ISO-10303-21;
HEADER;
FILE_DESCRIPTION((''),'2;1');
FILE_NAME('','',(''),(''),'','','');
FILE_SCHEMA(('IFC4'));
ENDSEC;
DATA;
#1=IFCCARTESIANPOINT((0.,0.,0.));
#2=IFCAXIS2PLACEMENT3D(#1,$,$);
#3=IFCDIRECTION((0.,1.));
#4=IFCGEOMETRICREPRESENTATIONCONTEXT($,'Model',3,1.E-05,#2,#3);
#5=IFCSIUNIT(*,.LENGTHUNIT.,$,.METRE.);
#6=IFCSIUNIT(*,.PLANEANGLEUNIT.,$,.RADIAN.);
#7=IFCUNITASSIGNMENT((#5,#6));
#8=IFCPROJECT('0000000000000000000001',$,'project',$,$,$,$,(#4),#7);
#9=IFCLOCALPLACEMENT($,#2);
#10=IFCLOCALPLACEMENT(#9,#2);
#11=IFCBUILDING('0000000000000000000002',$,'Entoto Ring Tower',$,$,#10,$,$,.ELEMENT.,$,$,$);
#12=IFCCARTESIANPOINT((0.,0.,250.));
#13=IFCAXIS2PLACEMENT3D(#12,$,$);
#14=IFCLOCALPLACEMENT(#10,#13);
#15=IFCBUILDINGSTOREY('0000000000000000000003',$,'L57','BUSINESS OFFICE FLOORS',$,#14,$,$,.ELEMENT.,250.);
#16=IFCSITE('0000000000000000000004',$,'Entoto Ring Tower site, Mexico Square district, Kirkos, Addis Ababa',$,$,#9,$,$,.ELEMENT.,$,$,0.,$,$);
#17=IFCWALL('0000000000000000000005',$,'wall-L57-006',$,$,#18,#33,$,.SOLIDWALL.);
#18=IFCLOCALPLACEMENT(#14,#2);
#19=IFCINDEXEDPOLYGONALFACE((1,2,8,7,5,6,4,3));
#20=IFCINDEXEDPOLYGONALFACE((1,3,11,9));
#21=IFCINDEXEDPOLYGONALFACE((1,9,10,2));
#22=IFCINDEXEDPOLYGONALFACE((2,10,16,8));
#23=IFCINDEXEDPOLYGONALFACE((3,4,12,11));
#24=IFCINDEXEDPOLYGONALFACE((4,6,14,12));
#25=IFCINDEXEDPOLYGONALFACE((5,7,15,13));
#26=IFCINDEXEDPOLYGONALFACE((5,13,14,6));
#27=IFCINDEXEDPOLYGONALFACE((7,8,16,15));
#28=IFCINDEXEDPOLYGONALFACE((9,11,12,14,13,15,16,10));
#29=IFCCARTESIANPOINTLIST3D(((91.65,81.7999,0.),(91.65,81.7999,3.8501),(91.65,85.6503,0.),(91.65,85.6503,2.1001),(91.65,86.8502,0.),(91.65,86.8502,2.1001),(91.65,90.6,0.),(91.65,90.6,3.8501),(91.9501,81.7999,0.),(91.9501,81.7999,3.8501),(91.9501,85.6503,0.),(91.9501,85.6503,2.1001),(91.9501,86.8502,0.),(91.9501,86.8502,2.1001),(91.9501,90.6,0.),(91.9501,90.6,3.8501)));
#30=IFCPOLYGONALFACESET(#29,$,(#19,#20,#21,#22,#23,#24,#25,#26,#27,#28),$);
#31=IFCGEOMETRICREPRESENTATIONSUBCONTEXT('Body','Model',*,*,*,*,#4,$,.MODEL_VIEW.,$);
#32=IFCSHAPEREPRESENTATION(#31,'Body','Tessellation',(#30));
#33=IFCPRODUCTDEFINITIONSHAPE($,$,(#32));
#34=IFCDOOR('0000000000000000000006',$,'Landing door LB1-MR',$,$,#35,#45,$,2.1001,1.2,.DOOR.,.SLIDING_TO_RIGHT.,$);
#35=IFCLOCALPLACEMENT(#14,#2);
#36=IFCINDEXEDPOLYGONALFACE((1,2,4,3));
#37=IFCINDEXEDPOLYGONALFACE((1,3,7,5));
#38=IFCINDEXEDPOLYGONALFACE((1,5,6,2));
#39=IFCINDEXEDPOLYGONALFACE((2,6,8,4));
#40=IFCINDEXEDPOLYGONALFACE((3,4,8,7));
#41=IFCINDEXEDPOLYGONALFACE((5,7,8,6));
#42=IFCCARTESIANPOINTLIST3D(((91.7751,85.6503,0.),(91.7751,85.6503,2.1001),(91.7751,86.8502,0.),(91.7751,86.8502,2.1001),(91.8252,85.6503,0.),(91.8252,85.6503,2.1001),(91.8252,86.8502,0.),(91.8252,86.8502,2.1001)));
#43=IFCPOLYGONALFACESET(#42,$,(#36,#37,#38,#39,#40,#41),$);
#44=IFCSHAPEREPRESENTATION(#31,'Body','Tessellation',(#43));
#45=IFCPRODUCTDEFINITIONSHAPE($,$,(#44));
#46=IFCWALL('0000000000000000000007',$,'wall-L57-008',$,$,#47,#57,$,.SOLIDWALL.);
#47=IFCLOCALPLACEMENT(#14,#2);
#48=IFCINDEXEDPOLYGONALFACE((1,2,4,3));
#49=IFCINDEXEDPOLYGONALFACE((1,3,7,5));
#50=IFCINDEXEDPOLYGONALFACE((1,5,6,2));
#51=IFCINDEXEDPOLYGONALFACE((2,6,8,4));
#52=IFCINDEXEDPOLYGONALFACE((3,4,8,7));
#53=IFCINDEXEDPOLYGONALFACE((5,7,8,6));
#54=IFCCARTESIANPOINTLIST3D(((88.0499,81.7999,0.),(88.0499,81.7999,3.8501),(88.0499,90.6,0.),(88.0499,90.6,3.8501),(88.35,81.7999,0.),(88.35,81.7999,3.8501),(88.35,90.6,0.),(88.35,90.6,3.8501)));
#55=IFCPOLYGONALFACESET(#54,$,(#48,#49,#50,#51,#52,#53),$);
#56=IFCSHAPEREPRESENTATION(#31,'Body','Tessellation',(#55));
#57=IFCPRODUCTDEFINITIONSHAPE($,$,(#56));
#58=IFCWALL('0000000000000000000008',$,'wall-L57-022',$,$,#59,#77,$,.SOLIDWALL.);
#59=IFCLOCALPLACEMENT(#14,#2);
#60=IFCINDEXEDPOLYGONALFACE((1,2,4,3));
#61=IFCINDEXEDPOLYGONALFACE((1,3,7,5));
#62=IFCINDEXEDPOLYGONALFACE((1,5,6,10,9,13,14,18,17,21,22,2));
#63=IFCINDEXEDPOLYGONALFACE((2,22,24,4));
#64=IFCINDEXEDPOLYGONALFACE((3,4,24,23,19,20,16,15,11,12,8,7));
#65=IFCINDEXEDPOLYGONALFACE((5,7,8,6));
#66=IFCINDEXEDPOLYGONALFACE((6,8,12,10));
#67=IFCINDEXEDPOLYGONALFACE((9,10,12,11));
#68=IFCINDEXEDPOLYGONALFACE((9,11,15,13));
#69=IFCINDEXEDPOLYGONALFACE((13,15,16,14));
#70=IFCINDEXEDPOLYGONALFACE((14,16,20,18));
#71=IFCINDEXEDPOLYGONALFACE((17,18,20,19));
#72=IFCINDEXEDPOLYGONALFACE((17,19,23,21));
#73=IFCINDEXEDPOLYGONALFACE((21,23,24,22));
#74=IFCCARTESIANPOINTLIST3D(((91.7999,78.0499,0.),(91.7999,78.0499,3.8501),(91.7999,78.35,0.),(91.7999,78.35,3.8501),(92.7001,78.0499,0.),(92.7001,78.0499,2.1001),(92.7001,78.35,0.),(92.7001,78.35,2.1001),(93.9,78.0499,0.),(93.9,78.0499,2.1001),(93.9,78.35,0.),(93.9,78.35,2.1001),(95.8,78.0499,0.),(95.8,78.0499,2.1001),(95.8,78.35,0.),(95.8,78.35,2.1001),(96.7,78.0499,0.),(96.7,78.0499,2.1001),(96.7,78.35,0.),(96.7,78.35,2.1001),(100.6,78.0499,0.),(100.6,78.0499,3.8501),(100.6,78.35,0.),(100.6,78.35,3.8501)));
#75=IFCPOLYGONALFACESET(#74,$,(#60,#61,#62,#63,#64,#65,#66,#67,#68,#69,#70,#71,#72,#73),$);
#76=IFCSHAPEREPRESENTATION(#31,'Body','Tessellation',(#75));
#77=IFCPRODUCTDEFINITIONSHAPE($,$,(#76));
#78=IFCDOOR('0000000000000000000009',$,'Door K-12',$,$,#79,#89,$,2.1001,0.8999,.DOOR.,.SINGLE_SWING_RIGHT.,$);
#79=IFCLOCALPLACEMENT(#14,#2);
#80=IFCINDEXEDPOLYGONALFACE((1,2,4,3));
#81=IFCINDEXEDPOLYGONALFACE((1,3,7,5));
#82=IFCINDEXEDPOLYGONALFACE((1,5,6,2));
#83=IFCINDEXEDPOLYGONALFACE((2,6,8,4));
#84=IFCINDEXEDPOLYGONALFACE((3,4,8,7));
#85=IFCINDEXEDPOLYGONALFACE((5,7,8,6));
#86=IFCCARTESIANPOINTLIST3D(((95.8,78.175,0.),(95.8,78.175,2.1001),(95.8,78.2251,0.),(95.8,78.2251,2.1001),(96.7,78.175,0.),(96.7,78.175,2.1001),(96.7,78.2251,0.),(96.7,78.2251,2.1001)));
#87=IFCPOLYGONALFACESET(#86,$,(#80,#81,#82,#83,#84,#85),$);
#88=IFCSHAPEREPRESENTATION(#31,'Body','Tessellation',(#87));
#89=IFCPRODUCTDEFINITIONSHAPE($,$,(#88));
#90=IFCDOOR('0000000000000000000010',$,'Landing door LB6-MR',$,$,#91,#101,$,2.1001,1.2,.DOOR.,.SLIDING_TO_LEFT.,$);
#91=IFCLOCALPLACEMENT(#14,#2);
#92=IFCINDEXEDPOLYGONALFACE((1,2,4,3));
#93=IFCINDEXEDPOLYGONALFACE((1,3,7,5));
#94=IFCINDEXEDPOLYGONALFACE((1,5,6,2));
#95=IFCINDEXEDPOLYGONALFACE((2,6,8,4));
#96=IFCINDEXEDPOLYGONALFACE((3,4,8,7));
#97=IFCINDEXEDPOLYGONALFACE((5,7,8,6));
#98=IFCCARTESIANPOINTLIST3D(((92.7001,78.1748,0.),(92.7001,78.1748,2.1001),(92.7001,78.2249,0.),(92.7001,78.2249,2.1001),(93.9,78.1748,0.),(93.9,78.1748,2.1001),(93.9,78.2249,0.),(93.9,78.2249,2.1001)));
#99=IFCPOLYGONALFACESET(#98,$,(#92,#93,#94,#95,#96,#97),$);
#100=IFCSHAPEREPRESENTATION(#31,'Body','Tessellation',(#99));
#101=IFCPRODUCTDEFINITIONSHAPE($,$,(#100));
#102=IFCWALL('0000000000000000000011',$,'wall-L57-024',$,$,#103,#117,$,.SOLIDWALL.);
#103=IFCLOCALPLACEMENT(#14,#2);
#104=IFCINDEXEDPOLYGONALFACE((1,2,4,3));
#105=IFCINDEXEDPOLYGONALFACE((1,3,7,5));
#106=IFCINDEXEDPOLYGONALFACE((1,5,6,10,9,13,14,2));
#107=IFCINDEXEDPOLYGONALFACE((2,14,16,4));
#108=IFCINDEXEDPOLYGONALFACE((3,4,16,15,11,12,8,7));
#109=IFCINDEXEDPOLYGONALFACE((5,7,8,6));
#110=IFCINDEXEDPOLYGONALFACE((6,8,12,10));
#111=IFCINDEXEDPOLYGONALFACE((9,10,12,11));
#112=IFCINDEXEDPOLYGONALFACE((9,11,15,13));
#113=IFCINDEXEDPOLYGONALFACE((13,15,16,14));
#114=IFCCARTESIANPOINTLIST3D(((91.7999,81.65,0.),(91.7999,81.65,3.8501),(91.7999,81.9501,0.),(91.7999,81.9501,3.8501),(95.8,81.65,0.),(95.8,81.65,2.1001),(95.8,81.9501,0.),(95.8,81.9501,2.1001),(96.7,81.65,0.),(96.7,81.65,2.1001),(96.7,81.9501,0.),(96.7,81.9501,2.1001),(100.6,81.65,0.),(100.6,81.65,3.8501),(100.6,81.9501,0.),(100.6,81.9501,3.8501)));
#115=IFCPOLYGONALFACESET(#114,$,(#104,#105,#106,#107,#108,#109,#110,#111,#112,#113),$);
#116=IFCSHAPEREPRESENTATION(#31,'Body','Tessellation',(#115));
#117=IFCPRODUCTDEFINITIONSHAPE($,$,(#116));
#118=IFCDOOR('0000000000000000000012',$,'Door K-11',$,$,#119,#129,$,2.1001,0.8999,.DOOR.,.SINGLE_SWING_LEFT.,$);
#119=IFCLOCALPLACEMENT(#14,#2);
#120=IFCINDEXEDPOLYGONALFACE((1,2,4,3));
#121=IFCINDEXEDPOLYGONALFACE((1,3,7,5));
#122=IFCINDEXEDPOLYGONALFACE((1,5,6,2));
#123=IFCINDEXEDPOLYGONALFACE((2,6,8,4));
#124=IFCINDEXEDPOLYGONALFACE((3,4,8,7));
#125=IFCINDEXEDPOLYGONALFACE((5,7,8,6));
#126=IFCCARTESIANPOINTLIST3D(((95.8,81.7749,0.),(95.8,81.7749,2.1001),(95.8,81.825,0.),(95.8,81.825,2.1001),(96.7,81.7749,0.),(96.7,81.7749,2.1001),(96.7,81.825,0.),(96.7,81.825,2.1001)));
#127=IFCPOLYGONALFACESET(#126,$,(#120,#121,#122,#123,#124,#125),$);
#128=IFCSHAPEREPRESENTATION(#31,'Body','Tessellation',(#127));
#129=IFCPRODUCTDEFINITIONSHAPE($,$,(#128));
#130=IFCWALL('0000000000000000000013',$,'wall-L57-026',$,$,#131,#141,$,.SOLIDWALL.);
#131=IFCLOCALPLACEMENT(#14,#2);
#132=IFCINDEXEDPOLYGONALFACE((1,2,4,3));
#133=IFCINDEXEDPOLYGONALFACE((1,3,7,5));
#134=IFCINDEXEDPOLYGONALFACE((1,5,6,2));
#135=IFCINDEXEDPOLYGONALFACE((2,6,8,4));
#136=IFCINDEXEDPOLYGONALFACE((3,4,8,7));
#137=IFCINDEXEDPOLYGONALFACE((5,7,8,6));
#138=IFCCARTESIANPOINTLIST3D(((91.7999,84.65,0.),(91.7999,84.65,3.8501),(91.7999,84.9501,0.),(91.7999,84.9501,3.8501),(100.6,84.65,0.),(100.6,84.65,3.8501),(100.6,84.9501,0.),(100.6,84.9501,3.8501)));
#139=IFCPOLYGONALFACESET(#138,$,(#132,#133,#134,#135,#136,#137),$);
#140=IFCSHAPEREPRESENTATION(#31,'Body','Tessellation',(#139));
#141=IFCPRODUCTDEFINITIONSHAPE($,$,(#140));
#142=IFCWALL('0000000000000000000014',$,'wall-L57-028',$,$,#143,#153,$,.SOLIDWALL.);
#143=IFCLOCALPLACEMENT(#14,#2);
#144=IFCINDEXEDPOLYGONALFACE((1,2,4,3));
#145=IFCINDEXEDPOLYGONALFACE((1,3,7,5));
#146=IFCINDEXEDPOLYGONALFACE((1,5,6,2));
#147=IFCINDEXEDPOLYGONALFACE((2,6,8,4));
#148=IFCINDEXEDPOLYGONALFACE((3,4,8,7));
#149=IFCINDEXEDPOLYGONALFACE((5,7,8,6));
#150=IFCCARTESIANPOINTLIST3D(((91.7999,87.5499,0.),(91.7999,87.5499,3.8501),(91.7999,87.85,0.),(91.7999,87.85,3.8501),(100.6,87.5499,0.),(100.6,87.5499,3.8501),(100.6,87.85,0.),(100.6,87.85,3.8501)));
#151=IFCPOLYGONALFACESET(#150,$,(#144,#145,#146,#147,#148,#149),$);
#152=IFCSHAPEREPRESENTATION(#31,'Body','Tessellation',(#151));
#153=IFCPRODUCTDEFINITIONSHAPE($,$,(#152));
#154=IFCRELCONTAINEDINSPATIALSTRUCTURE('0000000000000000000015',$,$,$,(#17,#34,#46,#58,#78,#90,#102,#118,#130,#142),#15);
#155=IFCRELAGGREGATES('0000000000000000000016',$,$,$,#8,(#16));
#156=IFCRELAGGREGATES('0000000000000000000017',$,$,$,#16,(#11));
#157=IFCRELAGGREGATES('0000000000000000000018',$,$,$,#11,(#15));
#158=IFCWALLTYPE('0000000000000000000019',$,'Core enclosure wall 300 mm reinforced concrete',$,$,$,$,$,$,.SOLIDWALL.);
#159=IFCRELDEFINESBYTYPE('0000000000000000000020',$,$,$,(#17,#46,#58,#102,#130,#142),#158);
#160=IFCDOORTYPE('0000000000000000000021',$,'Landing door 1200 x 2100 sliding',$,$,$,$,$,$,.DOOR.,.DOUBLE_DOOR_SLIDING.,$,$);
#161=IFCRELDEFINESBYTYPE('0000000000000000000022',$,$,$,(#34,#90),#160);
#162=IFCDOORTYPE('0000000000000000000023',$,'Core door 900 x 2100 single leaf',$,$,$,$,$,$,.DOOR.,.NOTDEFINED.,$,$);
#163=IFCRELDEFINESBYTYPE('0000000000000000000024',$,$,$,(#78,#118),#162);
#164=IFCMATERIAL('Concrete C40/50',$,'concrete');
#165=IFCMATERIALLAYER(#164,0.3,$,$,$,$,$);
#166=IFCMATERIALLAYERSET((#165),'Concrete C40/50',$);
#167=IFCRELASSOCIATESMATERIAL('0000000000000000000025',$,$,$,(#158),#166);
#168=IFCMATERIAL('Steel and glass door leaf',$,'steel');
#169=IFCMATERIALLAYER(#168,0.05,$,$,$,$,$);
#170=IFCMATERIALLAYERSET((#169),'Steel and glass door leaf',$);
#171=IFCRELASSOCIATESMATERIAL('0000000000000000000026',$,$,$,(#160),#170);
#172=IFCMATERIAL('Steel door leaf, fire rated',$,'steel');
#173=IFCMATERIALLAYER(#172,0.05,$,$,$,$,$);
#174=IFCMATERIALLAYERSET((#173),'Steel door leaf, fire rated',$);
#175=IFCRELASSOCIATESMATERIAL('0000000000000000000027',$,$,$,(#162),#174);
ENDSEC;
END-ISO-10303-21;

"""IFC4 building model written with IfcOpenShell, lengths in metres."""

from ifc_helpers import new_model, si_unit, direction, frame, frame_2d, origin, place, context, subcontext, project, spatial, rectangle, extrude, material, layer, layer_set, type_object, element, fill, save


model = new_model("IFC4")

# Units and contexts
model_context = context("Model", 3, precision=1e-05, world=origin(), true_north=direction((0.0, 1.0)))
body_context = subcontext(model_context, "Body", "Model", "MODEL_VIEW")
ifc_project = project(units=[si_unit("LENGTHUNIT", "METRE"), si_unit("PLANEANGLEUNIT", "RADIAN")], contexts=[model_context])

# Site, building, storey
site_placement = place(None, origin())
site = spatial("IfcSite", under=ifc_project, at=site_placement, Name="Entoto Ring Tower site, Mexico Square district, Kirkos, Addis Ababa", CompositionType="ELEMENT", RefElevation=0.0)
building_placement = place(site_placement, origin())
building = spatial("IfcBuilding", under=site, at=building_placement, Name="Entoto Ring Tower", CompositionType="ELEMENT")
storey_placement = place(building_placement, frame((0.0, 0.0, 250.0)))
storey = spatial("IfcBuildingStorey", under=building, at=storey_placement, Name="L57", Description="BUSINESS OFFICE FLOORS", CompositionType="ELEMENT", Elevation=250.0)

# Shared definitions
ifc_material_1 = material(Name="Concrete C40/50", Category="concrete")
ifc_layer_1 = layer(ifc_material_1, 0.3)
ifc_layer_set_1 = layer_set([ifc_layer_1], Name="Concrete C40/50")
wall_type = type_object("IfcWallType", Name="Core enclosure wall 300 mm reinforced concrete", PredefinedType="SOLIDWALL", material=ifc_layer_set_1)

# Wall, opening, door
wall_1_placement = place(storey_placement, frame((91.8, 81.8, 0.0), z_axis=(0.0, 0.0, 1.0), x_axis=(0.0, 1.0, 0.0)))
wall_1 = element("IfcWall", 1, at=wall_1_placement, inside=storey, type_object=wall_type, Name="wall-L57-006", PredefinedType="SOLIDWALL", context=body_context, shape_type="SweptSolid", body=[
    extrude(rectangle(XDim=8.8, YDim=0.3, at=frame_2d((4.3999, 0.0))), origin(), (0.0, 0.0, 1.0), 3.8501),
])
opening_1_placement = place(wall_1_placement, frame((3.8501, 0.0, 0.0)))
opening_1 = element("IfcOpeningElement", 2, at=opening_1_placement, cuts=wall_1, PredefinedType="OPENING", context=body_context, shape_type="SweptSolid", body=[
    extrude(rectangle(XDim=1.2, YDim=2.1001, at=frame_2d((0.6001, 1.05))), frame((0.0, 0.1602, 0.0), z_axis=(0.0, -1.0, 0.0), x_axis=(1.0, 0.0, 0.0)), (0.0, 0.0, 1.0), 0.3201),
])
ifc_material_2 = material(Name="Steel and glass door leaf", Category="steel")
ifc_layer_2 = layer(ifc_material_2, 0.05)
ifc_layer_set_2 = layer_set([ifc_layer_2], Name="Steel and glass door leaf")
door_type_1 = type_object("IfcDoorType", Name="Landing door 1200 x 2100 sliding", OperationType="DOUBLE_DOOR_SLIDING", PredefinedType="DOOR", material=ifc_layer_set_2)
door_1_placement = place(opening_1_placement, origin())
door_1 = element("IfcDoor", 3, at=door_1_placement, inside=storey, type_object=door_type_1, Name="Landing door LB1-MR", OperationType="SLIDING_TO_RIGHT", OverallHeight=2.1001, OverallWidth=1.2, PredefinedType="DOOR", context=body_context, shape_type="SweptSolid", body=[
    extrude(rectangle(XDim=1.2, YDim=2.1001, at=frame_2d((0.6001, 1.05))), frame((0.0, 0.0249, 0.0), z_axis=(0.0, -1.0, 0.0), x_axis=(1.0, 0.0, 0.0)), (0.0, 0.0, 1.0), 0.05),
])
fill(opening_1, door_1)

# Wall
wall_2_placement = place(storey_placement, frame((88.2, 81.8, 0.0), z_axis=(0.0, 0.0, 1.0), x_axis=(0.0, 1.0, 0.0)))
element("IfcWall", 4, at=wall_2_placement, inside=storey, type_object=wall_type, Name="wall-L57-008", PredefinedType="SOLIDWALL", context=body_context, shape_type="SweptSolid", body=[
    extrude(rectangle(XDim=8.8, YDim=0.3, at=frame_2d((4.3999, 0.0))), origin(), (0.0, 0.0, 1.0), 3.8501),
])

# Wall, openings, doors
wall_3_placement = place(storey_placement, frame((91.8, 78.2, 0.0), z_axis=(0.0, 0.0, 1.0), x_axis=(1.0, 0.0, 0.0)))
wall_3 = element("IfcWall", 5, at=wall_3_placement, inside=storey, type_object=wall_type, Name="wall-L57-022", PredefinedType="SOLIDWALL", context=body_context, shape_type="SweptSolid", body=[
    extrude(rectangle(XDim=8.8, YDim=0.3, at=frame_2d((4.3999, 0.0))), origin(), (0.0, 0.0, 1.0), 3.8501),
])
opening_2_placement = place(wall_3_placement, frame((0.8999, 0.0, 0.0)))
opening_2 = element("IfcOpeningElement", 6, at=opening_2_placement, cuts=wall_3, PredefinedType="OPENING", context=body_context, shape_type="SweptSolid", body=[
    extrude(rectangle(XDim=1.2, YDim=2.1001, at=frame_2d((0.6001, 1.05))), frame((0.0, 0.1602, 0.0), z_axis=(0.0, -1.0, 0.0), x_axis=(1.0, 0.0, 0.0)), (0.0, 0.0, 1.0), 0.3201),
])
opening_3_placement = place(wall_3_placement, frame((4.0, 0.0, 0.0)))
opening_3 = element("IfcOpeningElement", 7, at=opening_3_placement, cuts=wall_3, PredefinedType="OPENING", context=body_context, shape_type="SweptSolid", body=[
    extrude(rectangle(XDim=0.8999, YDim=2.1001, at=frame_2d((0.45, 1.05))), frame((0.0, 0.1602, 0.0), z_axis=(0.0, -1.0, 0.0), x_axis=(1.0, 0.0, 0.0)), (0.0, 0.0, 1.0), 0.3201),
])
ifc_material_3 = material(Name="Steel door leaf, fire rated", Category="steel")
ifc_layer_3 = layer(ifc_material_3, 0.05)
ifc_layer_set_3 = layer_set([ifc_layer_3], Name="Steel door leaf, fire rated")
door_type_2 = type_object("IfcDoorType", Name="Core door 900 x 2100 single leaf", OperationType="NOTDEFINED", PredefinedType="DOOR", material=ifc_layer_set_3)
door_2_placement = place(opening_3_placement, frame((0.8999, 0.0, 0.0), z_axis=(0.0, 0.0, 1.0), x_axis=(-1.0, 0.0, 0.0)))
door_2 = element("IfcDoor", 8, at=door_2_placement, inside=storey, type_object=door_type_2, Name="Door K-12", OperationType="SINGLE_SWING_RIGHT", OverallHeight=2.1001, OverallWidth=0.8999, PredefinedType="DOOR", context=body_context, shape_type="SweptSolid", body=[
    extrude(rectangle(XDim=0.8999, YDim=2.1001, at=frame_2d((0.45, 1.05))), frame((0.0, 0.0249, 0.0), z_axis=(0.0, -1.0, 0.0), x_axis=(1.0, 0.0, 0.0)), (0.0, 0.0, 1.0), 0.05),
])
fill(opening_3, door_2)
door_3_placement = place(opening_2_placement, origin())
door_3 = element("IfcDoor", 9, at=door_3_placement, inside=storey, type_object=door_type_1, Name="Landing door LB6-MR", OperationType="SLIDING_TO_LEFT", OverallHeight=2.1001, OverallWidth=1.2, PredefinedType="DOOR", context=body_context, shape_type="SweptSolid", body=[
    extrude(rectangle(XDim=1.2, YDim=2.1001, at=frame_2d((0.6001, 1.05))), frame((0.0, 0.0249, 0.0), z_axis=(0.0, -1.0, 0.0), x_axis=(1.0, 0.0, 0.0)), (0.0, 0.0, 1.0), 0.05),
])
fill(opening_2, door_3)

# Wall, opening, door
wall_4_placement = place(storey_placement, frame((91.8, 81.8, 0.0), z_axis=(0.0, 0.0, 1.0), x_axis=(1.0, 0.0, 0.0)))
wall_4 = element("IfcWall", 10, at=wall_4_placement, inside=storey, type_object=wall_type, Name="wall-L57-024", PredefinedType="SOLIDWALL", context=body_context, shape_type="SweptSolid", body=[
    extrude(rectangle(XDim=8.8, YDim=0.3, at=frame_2d((4.3999, 0.0))), origin(), (0.0, 0.0, 1.0), 3.8501),
])
opening_4_placement = place(wall_4_placement, frame((4.0, 0.0, 0.0)))
opening_4 = element("IfcOpeningElement", 11, at=opening_4_placement, cuts=wall_4, PredefinedType="OPENING", context=body_context, shape_type="SweptSolid", body=[
    extrude(rectangle(XDim=0.8999, YDim=2.1001, at=frame_2d((0.45, 1.05))), frame((0.0, 0.1602, 0.0), z_axis=(0.0, -1.0, 0.0), x_axis=(1.0, 0.0, 0.0)), (0.0, 0.0, 1.0), 0.3201),
])
door_4_placement = place(opening_4_placement, origin())
door_4 = element("IfcDoor", 12, at=door_4_placement, inside=storey, type_object=door_type_2, Name="Door K-11", OperationType="SINGLE_SWING_LEFT", OverallHeight=2.1001, OverallWidth=0.8999, PredefinedType="DOOR", context=body_context, shape_type="SweptSolid", body=[
    extrude(rectangle(XDim=0.8999, YDim=2.1001, at=frame_2d((0.45, 1.05))), frame((0.0, 0.0249, 0.0), z_axis=(0.0, -1.0, 0.0), x_axis=(1.0, 0.0, 0.0)), (0.0, 0.0, 1.0), 0.05),
])
fill(opening_4, door_4)

# Walls
for number, where, z_axis, x_axis, name in (
    (13, (91.8, 84.8, 0.0), (0.0, 0.0, 1.0), (1.0, 0.0, 0.0), "wall-L57-026"),
    (14, (91.8, 87.7, 0.0), (0.0, 0.0, 1.0), (1.0, 0.0, 0.0), "wall-L57-028"),
):
    element("IfcWall", number, at=place(storey_placement, frame(where, z_axis=z_axis, x_axis=x_axis)), inside=storey, type_object=wall_type, Name=name, PredefinedType="SOLIDWALL", context=body_context, shape_type="SweptSolid", body=[
        extrude(rectangle(XDim=8.8, YDim=0.3, at=frame_2d((4.3999, 0.0))), origin(), (0.0, 0.0, 1.0), 3.8501),
    ])

save(model, "model.ifc")
